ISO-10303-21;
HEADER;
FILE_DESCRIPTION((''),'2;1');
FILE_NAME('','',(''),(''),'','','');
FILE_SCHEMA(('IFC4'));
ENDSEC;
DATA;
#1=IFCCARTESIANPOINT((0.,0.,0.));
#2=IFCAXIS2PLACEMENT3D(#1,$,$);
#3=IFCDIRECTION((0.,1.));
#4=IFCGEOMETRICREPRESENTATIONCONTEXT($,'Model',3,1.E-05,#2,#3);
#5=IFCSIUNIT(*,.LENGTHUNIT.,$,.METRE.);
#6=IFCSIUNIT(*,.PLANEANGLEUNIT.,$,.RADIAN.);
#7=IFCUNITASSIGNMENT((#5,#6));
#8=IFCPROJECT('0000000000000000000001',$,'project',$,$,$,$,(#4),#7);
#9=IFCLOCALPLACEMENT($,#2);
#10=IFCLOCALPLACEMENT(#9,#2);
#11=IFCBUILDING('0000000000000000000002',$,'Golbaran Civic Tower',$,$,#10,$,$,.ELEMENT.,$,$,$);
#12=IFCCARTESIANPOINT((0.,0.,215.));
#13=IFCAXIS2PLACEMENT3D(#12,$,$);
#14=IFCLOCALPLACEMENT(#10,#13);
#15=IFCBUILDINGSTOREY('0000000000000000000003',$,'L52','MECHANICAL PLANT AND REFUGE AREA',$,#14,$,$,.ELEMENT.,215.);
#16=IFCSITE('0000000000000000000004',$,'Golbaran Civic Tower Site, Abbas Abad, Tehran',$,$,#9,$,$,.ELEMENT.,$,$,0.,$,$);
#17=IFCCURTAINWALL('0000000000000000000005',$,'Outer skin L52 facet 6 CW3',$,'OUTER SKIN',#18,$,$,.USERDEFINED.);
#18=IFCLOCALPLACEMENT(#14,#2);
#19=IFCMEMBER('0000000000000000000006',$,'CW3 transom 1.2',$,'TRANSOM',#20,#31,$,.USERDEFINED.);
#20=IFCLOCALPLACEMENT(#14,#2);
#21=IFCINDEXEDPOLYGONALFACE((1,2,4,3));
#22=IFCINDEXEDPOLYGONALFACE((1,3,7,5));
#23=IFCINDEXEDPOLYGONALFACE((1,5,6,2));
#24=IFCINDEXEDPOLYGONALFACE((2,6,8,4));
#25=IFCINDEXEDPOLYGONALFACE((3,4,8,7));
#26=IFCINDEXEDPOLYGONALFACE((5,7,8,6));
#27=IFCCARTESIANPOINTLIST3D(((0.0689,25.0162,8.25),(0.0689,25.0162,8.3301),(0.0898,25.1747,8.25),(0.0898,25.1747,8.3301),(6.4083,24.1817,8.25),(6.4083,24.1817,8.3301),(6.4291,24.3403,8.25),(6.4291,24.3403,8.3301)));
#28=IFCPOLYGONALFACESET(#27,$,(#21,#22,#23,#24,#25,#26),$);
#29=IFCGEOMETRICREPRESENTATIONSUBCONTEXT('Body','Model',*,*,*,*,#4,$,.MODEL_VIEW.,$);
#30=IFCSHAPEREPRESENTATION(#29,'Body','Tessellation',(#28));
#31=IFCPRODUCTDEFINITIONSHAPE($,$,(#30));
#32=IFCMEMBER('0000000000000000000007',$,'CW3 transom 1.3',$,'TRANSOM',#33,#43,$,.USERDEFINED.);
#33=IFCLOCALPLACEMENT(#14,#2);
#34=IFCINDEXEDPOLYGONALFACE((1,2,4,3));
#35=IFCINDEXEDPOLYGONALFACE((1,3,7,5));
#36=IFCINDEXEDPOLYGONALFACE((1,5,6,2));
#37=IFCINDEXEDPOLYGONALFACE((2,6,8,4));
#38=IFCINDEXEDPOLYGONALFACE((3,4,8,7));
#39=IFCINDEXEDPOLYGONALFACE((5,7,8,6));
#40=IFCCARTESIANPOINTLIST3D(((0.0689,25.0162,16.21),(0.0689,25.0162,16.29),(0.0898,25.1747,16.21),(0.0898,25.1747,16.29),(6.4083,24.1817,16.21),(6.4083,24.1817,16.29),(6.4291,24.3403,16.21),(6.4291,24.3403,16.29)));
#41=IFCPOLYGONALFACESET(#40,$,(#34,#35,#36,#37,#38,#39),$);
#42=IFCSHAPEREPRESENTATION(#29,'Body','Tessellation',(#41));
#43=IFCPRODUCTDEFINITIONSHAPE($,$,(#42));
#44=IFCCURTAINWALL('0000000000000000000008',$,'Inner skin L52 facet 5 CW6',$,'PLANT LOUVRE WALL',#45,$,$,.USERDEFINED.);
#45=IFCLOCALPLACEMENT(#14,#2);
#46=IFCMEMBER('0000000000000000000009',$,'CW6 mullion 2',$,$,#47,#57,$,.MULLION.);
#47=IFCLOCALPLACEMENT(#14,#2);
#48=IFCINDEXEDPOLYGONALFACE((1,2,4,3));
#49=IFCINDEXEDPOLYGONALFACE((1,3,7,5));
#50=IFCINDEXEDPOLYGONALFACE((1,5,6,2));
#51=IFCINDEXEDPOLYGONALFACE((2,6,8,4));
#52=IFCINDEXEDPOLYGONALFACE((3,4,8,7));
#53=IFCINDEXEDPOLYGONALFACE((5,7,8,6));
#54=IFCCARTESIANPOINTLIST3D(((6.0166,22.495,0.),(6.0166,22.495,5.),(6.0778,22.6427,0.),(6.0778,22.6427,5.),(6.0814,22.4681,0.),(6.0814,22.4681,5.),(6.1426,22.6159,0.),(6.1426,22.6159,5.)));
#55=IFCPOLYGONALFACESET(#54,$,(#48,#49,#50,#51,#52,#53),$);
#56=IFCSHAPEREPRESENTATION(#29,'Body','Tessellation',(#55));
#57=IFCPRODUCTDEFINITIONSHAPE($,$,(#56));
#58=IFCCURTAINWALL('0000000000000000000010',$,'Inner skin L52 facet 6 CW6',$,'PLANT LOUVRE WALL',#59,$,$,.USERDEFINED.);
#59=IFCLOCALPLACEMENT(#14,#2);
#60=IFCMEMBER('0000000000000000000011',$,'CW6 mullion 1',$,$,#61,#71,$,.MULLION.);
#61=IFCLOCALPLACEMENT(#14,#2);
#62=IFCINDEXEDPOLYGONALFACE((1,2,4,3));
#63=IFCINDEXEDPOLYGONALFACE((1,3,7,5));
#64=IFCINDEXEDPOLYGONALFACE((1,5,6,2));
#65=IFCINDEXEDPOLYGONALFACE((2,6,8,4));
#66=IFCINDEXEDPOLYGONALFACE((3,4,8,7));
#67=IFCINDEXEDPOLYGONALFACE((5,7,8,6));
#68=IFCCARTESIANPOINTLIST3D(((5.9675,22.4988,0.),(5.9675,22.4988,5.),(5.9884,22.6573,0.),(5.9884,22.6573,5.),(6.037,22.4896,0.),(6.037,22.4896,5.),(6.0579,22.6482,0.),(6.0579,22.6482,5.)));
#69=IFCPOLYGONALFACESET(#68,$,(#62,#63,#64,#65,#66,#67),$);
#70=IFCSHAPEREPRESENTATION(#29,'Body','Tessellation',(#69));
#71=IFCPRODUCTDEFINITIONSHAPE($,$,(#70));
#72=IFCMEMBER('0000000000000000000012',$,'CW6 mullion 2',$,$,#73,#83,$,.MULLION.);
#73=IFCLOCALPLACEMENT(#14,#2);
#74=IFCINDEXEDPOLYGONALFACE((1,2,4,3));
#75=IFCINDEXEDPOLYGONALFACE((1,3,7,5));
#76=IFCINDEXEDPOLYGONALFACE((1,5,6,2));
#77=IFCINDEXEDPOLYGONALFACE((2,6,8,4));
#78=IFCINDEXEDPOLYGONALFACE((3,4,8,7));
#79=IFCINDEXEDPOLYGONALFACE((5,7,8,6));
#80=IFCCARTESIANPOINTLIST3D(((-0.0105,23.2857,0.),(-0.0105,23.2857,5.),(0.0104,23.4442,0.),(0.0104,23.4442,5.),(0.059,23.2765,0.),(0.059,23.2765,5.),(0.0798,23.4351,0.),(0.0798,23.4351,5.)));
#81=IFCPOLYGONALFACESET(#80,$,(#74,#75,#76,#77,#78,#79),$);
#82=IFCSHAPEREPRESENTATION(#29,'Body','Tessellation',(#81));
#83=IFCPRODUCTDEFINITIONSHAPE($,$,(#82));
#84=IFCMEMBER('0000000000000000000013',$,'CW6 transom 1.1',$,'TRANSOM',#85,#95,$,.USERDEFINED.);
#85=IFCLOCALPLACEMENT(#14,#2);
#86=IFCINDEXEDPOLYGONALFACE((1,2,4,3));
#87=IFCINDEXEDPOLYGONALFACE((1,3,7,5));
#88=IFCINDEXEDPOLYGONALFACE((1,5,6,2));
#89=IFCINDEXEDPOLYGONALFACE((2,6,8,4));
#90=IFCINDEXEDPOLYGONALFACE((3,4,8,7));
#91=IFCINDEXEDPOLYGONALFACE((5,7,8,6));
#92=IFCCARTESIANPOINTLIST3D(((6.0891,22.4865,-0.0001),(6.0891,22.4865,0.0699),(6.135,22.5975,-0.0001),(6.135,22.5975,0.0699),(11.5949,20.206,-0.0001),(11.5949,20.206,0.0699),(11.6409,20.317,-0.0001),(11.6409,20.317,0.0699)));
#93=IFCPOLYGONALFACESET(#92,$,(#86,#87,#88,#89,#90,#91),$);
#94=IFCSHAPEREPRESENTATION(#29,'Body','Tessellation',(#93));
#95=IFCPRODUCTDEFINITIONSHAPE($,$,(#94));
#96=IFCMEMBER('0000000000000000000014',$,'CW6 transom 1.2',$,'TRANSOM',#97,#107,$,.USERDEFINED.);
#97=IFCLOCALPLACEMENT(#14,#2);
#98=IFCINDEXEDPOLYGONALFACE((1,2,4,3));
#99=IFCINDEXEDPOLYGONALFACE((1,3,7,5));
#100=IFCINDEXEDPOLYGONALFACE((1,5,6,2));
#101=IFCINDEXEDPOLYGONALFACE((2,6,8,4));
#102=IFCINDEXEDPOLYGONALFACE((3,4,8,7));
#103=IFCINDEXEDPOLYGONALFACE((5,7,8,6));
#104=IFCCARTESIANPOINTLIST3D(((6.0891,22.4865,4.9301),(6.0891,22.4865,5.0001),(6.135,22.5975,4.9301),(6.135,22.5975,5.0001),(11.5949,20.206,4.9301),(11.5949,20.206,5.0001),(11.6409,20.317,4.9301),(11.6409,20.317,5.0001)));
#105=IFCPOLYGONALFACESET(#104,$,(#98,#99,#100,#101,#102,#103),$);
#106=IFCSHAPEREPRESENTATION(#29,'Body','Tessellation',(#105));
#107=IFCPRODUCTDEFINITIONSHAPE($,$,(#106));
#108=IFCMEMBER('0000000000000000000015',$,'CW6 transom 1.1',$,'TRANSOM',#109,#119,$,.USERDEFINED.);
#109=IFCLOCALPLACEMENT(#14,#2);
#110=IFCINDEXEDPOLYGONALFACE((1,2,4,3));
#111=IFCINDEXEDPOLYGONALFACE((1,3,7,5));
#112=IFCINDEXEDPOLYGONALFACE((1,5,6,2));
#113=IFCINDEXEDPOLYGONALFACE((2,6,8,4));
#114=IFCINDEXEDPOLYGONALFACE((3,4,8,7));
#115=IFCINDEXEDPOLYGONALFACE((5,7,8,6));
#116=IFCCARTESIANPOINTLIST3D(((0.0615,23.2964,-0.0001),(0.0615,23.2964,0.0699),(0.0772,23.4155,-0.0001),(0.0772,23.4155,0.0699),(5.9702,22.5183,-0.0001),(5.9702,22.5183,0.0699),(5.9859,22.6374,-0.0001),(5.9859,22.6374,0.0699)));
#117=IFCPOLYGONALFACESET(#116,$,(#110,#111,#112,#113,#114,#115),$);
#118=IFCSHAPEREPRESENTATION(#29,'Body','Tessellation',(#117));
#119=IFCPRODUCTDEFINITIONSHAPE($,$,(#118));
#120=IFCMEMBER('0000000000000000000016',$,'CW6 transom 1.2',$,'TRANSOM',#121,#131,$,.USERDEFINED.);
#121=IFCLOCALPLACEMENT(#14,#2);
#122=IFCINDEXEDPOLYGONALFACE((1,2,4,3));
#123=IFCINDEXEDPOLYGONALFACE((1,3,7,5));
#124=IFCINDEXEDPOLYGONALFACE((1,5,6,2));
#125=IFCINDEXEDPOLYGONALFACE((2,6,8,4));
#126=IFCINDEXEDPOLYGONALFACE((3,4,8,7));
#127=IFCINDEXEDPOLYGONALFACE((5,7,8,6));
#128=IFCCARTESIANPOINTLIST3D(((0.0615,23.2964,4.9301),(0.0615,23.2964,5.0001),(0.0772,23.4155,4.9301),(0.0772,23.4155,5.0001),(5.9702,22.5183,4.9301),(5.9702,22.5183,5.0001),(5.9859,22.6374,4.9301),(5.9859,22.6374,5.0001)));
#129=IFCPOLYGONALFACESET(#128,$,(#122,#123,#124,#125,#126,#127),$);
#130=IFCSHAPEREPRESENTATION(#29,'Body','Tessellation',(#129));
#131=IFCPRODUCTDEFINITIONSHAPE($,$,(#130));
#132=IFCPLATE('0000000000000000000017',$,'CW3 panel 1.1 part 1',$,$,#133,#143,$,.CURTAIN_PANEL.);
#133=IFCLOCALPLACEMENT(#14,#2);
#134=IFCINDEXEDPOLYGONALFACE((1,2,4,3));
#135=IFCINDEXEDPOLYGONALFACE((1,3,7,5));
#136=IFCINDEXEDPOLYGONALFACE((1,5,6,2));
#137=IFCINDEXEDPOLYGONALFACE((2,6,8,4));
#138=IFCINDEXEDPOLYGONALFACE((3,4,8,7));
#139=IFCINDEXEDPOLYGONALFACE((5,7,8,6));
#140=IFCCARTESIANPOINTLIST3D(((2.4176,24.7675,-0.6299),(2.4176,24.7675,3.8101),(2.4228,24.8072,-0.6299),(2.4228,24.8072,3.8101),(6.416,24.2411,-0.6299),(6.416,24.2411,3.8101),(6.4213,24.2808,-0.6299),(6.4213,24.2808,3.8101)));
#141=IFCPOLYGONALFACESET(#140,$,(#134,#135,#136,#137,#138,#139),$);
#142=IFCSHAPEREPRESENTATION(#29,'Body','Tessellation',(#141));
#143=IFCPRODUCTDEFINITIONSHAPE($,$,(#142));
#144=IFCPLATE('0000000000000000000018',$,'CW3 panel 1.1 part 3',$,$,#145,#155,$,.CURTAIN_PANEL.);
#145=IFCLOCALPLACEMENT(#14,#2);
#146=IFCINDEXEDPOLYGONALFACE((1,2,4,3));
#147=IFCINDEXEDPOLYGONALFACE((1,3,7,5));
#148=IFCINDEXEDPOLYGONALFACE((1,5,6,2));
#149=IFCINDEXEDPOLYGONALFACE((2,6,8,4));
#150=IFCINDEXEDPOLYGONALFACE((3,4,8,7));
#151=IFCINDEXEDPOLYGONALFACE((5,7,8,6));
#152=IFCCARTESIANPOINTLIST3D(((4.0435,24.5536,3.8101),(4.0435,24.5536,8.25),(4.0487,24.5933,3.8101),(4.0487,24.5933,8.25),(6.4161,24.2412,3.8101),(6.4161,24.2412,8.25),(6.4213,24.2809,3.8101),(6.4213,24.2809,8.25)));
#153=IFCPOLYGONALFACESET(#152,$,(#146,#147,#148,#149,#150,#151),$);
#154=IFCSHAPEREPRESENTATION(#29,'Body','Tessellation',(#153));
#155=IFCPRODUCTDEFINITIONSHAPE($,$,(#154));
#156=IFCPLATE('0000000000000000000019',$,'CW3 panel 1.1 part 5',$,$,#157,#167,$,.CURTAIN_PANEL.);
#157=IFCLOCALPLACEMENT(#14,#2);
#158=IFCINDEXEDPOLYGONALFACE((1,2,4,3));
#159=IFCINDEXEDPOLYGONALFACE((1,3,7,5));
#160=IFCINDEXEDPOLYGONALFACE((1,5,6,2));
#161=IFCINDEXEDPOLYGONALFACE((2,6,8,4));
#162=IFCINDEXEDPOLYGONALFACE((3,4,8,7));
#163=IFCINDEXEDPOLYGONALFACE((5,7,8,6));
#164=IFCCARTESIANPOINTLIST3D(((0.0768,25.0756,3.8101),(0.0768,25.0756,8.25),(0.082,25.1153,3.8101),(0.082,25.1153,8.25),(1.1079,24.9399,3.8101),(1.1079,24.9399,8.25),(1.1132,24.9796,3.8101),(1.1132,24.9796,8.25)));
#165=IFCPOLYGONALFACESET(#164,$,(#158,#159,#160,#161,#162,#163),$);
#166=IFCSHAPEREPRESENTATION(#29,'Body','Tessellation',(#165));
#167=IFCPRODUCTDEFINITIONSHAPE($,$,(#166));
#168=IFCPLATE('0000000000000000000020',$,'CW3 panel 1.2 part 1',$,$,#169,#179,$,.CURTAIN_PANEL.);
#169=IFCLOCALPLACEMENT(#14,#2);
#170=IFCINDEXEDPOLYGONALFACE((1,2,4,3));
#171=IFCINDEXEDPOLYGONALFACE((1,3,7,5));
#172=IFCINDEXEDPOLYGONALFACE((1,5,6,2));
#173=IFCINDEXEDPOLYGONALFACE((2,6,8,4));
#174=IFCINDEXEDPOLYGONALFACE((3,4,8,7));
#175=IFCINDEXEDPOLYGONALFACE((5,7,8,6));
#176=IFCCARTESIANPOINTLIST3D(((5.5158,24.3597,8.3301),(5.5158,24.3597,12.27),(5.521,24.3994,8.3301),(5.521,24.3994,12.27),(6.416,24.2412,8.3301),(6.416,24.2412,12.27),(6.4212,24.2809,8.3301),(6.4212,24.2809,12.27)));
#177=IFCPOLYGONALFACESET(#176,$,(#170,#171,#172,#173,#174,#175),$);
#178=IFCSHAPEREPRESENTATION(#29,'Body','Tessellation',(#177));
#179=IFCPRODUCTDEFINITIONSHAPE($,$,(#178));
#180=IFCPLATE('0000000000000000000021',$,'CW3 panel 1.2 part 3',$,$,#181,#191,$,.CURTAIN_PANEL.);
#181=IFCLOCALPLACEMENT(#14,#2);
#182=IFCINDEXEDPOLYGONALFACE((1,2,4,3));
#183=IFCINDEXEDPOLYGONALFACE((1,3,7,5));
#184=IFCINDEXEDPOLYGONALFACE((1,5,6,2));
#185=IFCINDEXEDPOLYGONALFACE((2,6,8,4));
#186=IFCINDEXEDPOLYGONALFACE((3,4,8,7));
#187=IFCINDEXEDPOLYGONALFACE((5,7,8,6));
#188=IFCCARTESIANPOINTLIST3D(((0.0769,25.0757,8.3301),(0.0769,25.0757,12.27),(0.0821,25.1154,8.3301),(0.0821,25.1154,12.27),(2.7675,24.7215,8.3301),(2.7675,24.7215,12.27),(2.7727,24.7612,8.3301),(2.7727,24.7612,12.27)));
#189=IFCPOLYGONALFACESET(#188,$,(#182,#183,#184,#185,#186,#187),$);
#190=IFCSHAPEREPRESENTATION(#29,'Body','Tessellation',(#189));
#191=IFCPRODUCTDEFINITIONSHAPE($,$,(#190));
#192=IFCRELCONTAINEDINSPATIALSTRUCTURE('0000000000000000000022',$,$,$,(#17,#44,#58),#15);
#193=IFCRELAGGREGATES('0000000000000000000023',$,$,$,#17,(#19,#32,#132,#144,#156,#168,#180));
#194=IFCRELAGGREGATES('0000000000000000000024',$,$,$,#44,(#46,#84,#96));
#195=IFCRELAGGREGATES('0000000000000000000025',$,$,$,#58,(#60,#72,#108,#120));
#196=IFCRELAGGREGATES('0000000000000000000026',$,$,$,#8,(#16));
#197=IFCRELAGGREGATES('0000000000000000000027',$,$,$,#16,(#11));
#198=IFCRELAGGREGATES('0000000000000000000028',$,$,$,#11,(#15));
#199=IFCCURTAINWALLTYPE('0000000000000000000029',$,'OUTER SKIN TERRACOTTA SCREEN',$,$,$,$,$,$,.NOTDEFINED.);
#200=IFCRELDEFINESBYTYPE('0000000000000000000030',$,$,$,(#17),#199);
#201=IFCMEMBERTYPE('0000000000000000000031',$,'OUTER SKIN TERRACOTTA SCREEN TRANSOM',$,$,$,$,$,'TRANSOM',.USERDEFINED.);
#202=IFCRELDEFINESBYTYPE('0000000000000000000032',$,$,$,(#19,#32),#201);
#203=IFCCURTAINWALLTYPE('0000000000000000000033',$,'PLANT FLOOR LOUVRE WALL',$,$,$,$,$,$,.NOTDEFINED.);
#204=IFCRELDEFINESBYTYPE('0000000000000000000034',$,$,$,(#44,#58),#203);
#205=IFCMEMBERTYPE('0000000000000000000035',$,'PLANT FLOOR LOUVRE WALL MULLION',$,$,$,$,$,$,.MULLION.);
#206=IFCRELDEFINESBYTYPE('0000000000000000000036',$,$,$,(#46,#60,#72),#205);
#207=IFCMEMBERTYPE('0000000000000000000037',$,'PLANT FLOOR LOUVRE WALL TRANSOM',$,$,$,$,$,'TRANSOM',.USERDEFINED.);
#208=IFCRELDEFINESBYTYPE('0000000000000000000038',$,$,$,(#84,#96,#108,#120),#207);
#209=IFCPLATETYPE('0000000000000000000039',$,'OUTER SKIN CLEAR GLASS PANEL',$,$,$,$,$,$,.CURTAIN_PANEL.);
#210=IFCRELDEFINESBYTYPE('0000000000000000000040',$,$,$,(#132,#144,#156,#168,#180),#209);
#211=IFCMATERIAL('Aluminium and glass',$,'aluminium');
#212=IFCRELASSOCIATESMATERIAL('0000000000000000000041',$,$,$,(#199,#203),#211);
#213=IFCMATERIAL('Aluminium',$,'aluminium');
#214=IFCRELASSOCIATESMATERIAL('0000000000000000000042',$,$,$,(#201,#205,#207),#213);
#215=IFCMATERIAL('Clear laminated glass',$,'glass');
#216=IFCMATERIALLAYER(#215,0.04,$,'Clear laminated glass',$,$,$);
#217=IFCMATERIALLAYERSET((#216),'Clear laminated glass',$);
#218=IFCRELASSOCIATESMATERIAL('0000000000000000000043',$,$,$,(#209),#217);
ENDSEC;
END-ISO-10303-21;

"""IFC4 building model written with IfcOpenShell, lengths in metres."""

from ifc_helpers import new_model, si_unit, direction, frame, origin, origin_2d, place, context, subcontext, project, spatial, rectangle, extrude, material, layer, layer_set, material_profile, profile_set, type_object, element, aggregate, save


model = new_model("IFC4")

# Units and contexts
model_context = context("Model", 3, precision=1e-05, world=origin(), true_north=direction((0.0, 1.0)))
body_context = subcontext(model_context, "Body", "Model", "MODEL_VIEW")
ifc_project = project(units=[si_unit("LENGTHUNIT", "METRE"), si_unit("PLANEANGLEUNIT", "RADIAN")], contexts=[model_context])

# Site, building, storey
site_placement = place(None, origin())
site = spatial("IfcSite", under=ifc_project, at=site_placement, Name="Golbaran Civic Tower Site, Abbas Abad, Tehran", CompositionType="ELEMENT", RefElevation=0.0)
building_placement = place(site_placement, origin())
building = spatial("IfcBuilding", under=site, at=building_placement, Name="Golbaran Civic Tower", CompositionType="ELEMENT")
storey_placement = place(building_placement, frame((0.0, 0.0, 215.0)))
storey = spatial("IfcBuildingStorey", under=building, at=storey_placement, Name="L52", Description="MECHANICAL PLANT AND REFUGE AREA", CompositionType="ELEMENT", Elevation=215.0)

# Shared definitions
ifc_material_1 = material(Name="Aluminium and glass", Category="aluminium")
curtain_wall_type_1 = type_object("IfcCurtainWallType", Name="OUTER SKIN TERRACOTTA SCREEN", PredefinedType="NOTDEFINED", material=ifc_material_1)
ifc_material_2 = material(Name="Aluminium", Category="aluminium")

# Curtain wall
curtain_wall_1_placement = place(storey_placement, origin())
curtain_wall_1 = element("IfcCurtainWall", 1, at=curtain_wall_1_placement, inside=storey, type_object=curtain_wall_type_1, Name="Outer skin L52 facet 6 CW3", ObjectType="OUTER SKIN", PredefinedType="USERDEFINED")

# Members
ifc_material_profile_1 = material_profile(ifc_material_2, rectangle(XDim=0.1599, YDim=0.0801, at=origin_2d()), Name="OUTER SKIN TERRACOTTA SCREEN TRANSOM")
ifc_profile_set_1 = profile_set([ifc_material_profile_1], Name="Aluminium")
member_type_1 = type_object("IfcMemberType", Name="OUTER SKIN TERRACOTTA SCREEN TRANSOM", ElementType="TRANSOM", PredefinedType="USERDEFINED", material=ifc_profile_set_1)
member_1_placement = place(storey_placement, frame((6.4187, 24.261, 8.29), z_axis=(-0.991447, 0.130508, 0.0), x_axis=(-0.130508, -0.991447, 0.0)))
member_1 = element("IfcMember", 2, at=member_1_placement, type_object=member_type_1, Name="CW3 transom 1.2", ObjectType="TRANSOM", PredefinedType="USERDEFINED", context=body_context, shape_type="SweptSolid", body=[
    extrude(rectangle(XDim=0.1599, YDim=0.0801, at=origin_2d()), origin(), (0.0, 0.0, 1.0), 6.394),
])
member_2_placement = place(storey_placement, frame((6.4187, 24.261, 16.25), z_axis=(-0.991447, 0.130508, 0.0), x_axis=(-0.130508, -0.991447, 0.0)))
member_2 = element("IfcMember", 3, at=member_2_placement, type_object=member_type_1, Name="CW3 transom 1.3", ObjectType="TRANSOM", PredefinedType="USERDEFINED", context=body_context, shape_type="SweptSolid", body=[
    extrude(rectangle(XDim=0.1599, YDim=0.0801, at=origin_2d()), origin(), (0.0, 0.0, 1.0), 6.394),
])

# Curtain wall, member
curtain_wall_type_2 = type_object("IfcCurtainWallType", Name="PLANT FLOOR LOUVRE WALL", PredefinedType="NOTDEFINED", material=ifc_material_1)
curtain_wall_2_placement = place(storey_placement, origin())
curtain_wall_2 = element("IfcCurtainWall", 4, at=curtain_wall_2_placement, inside=storey, type_object=curtain_wall_type_2, Name="Inner skin L52 facet 5 CW6", ObjectType="PLANT LOUVRE WALL", PredefinedType="USERDEFINED")
ifc_material_profile_2 = material_profile(ifc_material_2, rectangle(XDim=0.1599, YDim=0.0701, at=origin_2d()), Name="PLANT FLOOR LOUVRE WALL MULLION")
ifc_profile_set_2 = profile_set([ifc_material_profile_2], Name="Aluminium")
member_type_2 = type_object("IfcMemberType", Name="PLANT FLOOR LOUVRE WALL MULLION", PredefinedType="MULLION", material=ifc_profile_set_2)
member_3_placement = place(storey_placement, frame((6.0796, 22.5554, 0.0), z_axis=(0.0, 0.0, 1.0), x_axis=(-0.382683, -0.92388, 0.0)))
member_3 = element("IfcMember", 5, at=member_3_placement, type_object=member_type_2, Name="CW6 mullion 2", PredefinedType="MULLION", context=body_context, shape_type="SweptSolid", body=[
    extrude(rectangle(XDim=0.1599, YDim=0.0701, at=origin_2d()), origin(), (0.0, 0.0, 1.0), 5.0),
])

# Curtain wall, members
curtain_wall_3_placement = place(storey_placement, origin())
curtain_wall_3 = element("IfcCurtainWall", 6, at=curtain_wall_3_placement, inside=storey, type_object=curtain_wall_type_2, Name="Inner skin L52 facet 6 CW6", ObjectType="PLANT LOUVRE WALL", PredefinedType="USERDEFINED")
member_4_placement = place(storey_placement, frame((6.0127, 22.5735, 0.0), z_axis=(0.0, 0.0, 1.0), x_axis=(-0.130526, -0.991445, 0.0)))
member_4 = element("IfcMember", 7, at=member_4_placement, type_object=member_type_2, Name="CW6 mullion 1", PredefinedType="MULLION", context=body_context, shape_type="SweptSolid", body=[
    extrude(rectangle(XDim=0.1599, YDim=0.0701, at=origin_2d()), origin(), (0.0, 0.0, 1.0), 5.0),
])
member_5_placement = place(storey_placement, frame((0.0347, 23.3604, 0.0), z_axis=(0.0, 0.0, 1.0), x_axis=(-0.130526, -0.991445, 0.0)))
member_5 = element("IfcMember", 8, at=member_5_placement, type_object=member_type_2, Name="CW6 mullion 2", PredefinedType="MULLION", context=body_context, shape_type="SweptSolid", body=[
    extrude(rectangle(XDim=0.1599, YDim=0.0701, at=origin_2d()), origin(), (0.0, 0.0, 1.0), 5.0),
])

# Members
ifc_material_profile_3 = material_profile(ifc_material_2, rectangle(XDim=0.1201, YDim=0.0701, at=origin_2d()), Name="PLANT FLOOR LOUVRE WALL TRANSOM")
ifc_profile_set_3 = profile_set([ifc_material_profile_3], Name="Aluminium")
member_type_3 = type_object("IfcMemberType", Name="PLANT FLOOR LOUVRE WALL TRANSOM", ElementType="TRANSOM", PredefinedType="USERDEFINED", material=ifc_profile_set_3)
member_6_placement = place(storey_placement, frame((11.6179, 20.2615, 0.0349), z_axis=(-0.923885, 0.382671, 0.0), x_axis=(-0.382671, -0.923885, 0.0)))
member_6 = element("IfcMember", 9, at=member_6_placement, type_object=member_type_3, Name="CW6 transom 1.1", ObjectType="TRANSOM", PredefinedType="USERDEFINED", context=body_context, shape_type="SweptSolid", body=[
    extrude(rectangle(XDim=0.1201, YDim=0.0701, at=origin_2d()), origin(), (0.0, 0.0, 1.0), 5.9595),
])
member_7_placement = place(storey_placement, frame((11.6179, 20.2615, 4.9651), z_axis=(-0.923885, 0.382671, 0.0), x_axis=(-0.382671, -0.923885, 0.0)))
member_7 = element("IfcMember", 10, at=member_7_placement, type_object=member_type_3, Name="CW6 transom 1.2", ObjectType="TRANSOM", PredefinedType="USERDEFINED", context=body_context, shape_type="SweptSolid", body=[
    extrude(rectangle(XDim=0.1201, YDim=0.0701, at=origin_2d()), origin(), (0.0, 0.0, 1.0), 5.9595),
])
member_8_placement = place(storey_placement, frame((5.978, 22.5779, 0.0349), z_axis=(-0.991441, 0.130556, 0.0), x_axis=(-0.130556, -0.991441, 0.0)))
member_8 = element("IfcMember", 11, at=member_8_placement, type_object=member_type_3, Name="CW6 transom 1.1", ObjectType="TRANSOM", PredefinedType="USERDEFINED", context=body_context, shape_type="SweptSolid", body=[
    extrude(rectangle(XDim=0.1201, YDim=0.0701, at=origin_2d()), origin(), (0.0, 0.0, 1.0), 5.9597),
])
member_9_placement = place(storey_placement, frame((5.978, 22.5779, 4.9651), z_axis=(-0.991441, 0.130556, 0.0), x_axis=(-0.130556, -0.991441, 0.0)))
member_9 = element("IfcMember", 12, at=member_9_placement, type_object=member_type_3, Name="CW6 transom 1.2", ObjectType="TRANSOM", PredefinedType="USERDEFINED", context=body_context, shape_type="SweptSolid", body=[
    extrude(rectangle(XDim=0.1201, YDim=0.0701, at=origin_2d()), origin(), (0.0, 0.0, 1.0), 5.9597),
])

# Plates
ifc_material_3 = material(Name="Clear laminated glass", Category="glass")
ifc_layer_1 = layer(ifc_material_3, 0.04, Name="Clear laminated glass")
ifc_layer_set_1 = layer_set([ifc_layer_1], Name="Clear laminated glass")
plate_type_1 = type_object("IfcPlateType", Name="OUTER SKIN CLEAR GLASS PANEL", PredefinedType="CURTAIN_PANEL", material=ifc_layer_set_1)
plate_1_placement = place(storey_placement, frame((4.4194, 24.5242, -0.6299), z_axis=(0.0, 0.0, 1.0), x_axis=(-0.991445, 0.130526, 0.0)))
plate_1 = element("IfcPlate", 13, at=plate_1_placement, type_object=plate_type_1, Name="CW3 panel 1.1 part 1", PredefinedType="CURTAIN_PANEL", context=body_context, shape_type="SweptSolid", body=[
    extrude(rectangle(XDim=4.033, YDim=0.04, at=origin_2d()), origin(), (0.0, 0.0, 1.0), 4.4399),
])
plate_2_placement = place(storey_placement, frame((5.2324, 24.4172, 3.8101), z_axis=(0.0, 0.0, 1.0), x_axis=(-0.991445, 0.130526, 0.0)))
plate_2 = element("IfcPlate", 14, at=plate_2_placement, type_object=plate_type_1, Name="CW3 panel 1.1 part 3", PredefinedType="CURTAIN_PANEL", context=body_context, shape_type="SweptSolid", body=[
    extrude(rectangle(XDim=2.3931, YDim=0.04, at=origin_2d()), origin(), (0.0, 0.0, 1.0), 4.4399),
])
plate_3_placement = place(storey_placement, frame((0.595, 25.0276, 3.8101), z_axis=(0.0, 0.0, 1.0), x_axis=(-0.991445, 0.130526, 0.0)))
plate_3 = element("IfcPlate", 15, at=plate_3_placement, type_object=plate_type_1, Name="CW3 panel 1.1 part 5", PredefinedType="CURTAIN_PANEL", context=body_context, shape_type="SweptSolid", body=[
    extrude(rectangle(XDim=1.04, YDim=0.04, at=origin_2d()), origin(), (0.0, 0.0, 1.0), 4.4399),
])
plate_4_placement = place(storey_placement, frame((5.9685, 24.3203, 8.3301), z_axis=(0.0, 0.0, 1.0), x_axis=(-0.991445, 0.130526, 0.0)))
plate_4 = element("IfcPlate", 16, at=plate_4_placement, type_object=plate_type_1, Name="CW3 panel 1.2 part 1", PredefinedType="CURTAIN_PANEL", context=body_context, shape_type="SweptSolid", body=[
    extrude(rectangle(XDim=0.908, YDim=0.04, at=origin_2d()), origin(), (0.0, 0.0, 1.0), 3.9399),
])
plate_5_placement = place(storey_placement, frame((1.4248, 24.9185, 8.3301), z_axis=(0.0, 0.0, 1.0), x_axis=(-0.991445, 0.130526, 0.0)))
plate_5 = element("IfcPlate", 17, at=plate_5_placement, type_object=plate_type_1, Name="CW3 panel 1.2 part 3", PredefinedType="CURTAIN_PANEL", context=body_context, shape_type="SweptSolid", body=[
    extrude(rectangle(XDim=2.7139, YDim=0.04, at=origin_2d()), origin(), (0.0, 0.0, 1.0), 3.9399),
])
aggregate(curtain_wall_1, [member_1, member_2, plate_1, plate_2, plate_3, plate_4, plate_5])
aggregate(curtain_wall_2, [member_3, member_6, member_7])
aggregate(curtain_wall_3, [member_4, member_5, member_8, member_9])

save(model, "model.ifc")
